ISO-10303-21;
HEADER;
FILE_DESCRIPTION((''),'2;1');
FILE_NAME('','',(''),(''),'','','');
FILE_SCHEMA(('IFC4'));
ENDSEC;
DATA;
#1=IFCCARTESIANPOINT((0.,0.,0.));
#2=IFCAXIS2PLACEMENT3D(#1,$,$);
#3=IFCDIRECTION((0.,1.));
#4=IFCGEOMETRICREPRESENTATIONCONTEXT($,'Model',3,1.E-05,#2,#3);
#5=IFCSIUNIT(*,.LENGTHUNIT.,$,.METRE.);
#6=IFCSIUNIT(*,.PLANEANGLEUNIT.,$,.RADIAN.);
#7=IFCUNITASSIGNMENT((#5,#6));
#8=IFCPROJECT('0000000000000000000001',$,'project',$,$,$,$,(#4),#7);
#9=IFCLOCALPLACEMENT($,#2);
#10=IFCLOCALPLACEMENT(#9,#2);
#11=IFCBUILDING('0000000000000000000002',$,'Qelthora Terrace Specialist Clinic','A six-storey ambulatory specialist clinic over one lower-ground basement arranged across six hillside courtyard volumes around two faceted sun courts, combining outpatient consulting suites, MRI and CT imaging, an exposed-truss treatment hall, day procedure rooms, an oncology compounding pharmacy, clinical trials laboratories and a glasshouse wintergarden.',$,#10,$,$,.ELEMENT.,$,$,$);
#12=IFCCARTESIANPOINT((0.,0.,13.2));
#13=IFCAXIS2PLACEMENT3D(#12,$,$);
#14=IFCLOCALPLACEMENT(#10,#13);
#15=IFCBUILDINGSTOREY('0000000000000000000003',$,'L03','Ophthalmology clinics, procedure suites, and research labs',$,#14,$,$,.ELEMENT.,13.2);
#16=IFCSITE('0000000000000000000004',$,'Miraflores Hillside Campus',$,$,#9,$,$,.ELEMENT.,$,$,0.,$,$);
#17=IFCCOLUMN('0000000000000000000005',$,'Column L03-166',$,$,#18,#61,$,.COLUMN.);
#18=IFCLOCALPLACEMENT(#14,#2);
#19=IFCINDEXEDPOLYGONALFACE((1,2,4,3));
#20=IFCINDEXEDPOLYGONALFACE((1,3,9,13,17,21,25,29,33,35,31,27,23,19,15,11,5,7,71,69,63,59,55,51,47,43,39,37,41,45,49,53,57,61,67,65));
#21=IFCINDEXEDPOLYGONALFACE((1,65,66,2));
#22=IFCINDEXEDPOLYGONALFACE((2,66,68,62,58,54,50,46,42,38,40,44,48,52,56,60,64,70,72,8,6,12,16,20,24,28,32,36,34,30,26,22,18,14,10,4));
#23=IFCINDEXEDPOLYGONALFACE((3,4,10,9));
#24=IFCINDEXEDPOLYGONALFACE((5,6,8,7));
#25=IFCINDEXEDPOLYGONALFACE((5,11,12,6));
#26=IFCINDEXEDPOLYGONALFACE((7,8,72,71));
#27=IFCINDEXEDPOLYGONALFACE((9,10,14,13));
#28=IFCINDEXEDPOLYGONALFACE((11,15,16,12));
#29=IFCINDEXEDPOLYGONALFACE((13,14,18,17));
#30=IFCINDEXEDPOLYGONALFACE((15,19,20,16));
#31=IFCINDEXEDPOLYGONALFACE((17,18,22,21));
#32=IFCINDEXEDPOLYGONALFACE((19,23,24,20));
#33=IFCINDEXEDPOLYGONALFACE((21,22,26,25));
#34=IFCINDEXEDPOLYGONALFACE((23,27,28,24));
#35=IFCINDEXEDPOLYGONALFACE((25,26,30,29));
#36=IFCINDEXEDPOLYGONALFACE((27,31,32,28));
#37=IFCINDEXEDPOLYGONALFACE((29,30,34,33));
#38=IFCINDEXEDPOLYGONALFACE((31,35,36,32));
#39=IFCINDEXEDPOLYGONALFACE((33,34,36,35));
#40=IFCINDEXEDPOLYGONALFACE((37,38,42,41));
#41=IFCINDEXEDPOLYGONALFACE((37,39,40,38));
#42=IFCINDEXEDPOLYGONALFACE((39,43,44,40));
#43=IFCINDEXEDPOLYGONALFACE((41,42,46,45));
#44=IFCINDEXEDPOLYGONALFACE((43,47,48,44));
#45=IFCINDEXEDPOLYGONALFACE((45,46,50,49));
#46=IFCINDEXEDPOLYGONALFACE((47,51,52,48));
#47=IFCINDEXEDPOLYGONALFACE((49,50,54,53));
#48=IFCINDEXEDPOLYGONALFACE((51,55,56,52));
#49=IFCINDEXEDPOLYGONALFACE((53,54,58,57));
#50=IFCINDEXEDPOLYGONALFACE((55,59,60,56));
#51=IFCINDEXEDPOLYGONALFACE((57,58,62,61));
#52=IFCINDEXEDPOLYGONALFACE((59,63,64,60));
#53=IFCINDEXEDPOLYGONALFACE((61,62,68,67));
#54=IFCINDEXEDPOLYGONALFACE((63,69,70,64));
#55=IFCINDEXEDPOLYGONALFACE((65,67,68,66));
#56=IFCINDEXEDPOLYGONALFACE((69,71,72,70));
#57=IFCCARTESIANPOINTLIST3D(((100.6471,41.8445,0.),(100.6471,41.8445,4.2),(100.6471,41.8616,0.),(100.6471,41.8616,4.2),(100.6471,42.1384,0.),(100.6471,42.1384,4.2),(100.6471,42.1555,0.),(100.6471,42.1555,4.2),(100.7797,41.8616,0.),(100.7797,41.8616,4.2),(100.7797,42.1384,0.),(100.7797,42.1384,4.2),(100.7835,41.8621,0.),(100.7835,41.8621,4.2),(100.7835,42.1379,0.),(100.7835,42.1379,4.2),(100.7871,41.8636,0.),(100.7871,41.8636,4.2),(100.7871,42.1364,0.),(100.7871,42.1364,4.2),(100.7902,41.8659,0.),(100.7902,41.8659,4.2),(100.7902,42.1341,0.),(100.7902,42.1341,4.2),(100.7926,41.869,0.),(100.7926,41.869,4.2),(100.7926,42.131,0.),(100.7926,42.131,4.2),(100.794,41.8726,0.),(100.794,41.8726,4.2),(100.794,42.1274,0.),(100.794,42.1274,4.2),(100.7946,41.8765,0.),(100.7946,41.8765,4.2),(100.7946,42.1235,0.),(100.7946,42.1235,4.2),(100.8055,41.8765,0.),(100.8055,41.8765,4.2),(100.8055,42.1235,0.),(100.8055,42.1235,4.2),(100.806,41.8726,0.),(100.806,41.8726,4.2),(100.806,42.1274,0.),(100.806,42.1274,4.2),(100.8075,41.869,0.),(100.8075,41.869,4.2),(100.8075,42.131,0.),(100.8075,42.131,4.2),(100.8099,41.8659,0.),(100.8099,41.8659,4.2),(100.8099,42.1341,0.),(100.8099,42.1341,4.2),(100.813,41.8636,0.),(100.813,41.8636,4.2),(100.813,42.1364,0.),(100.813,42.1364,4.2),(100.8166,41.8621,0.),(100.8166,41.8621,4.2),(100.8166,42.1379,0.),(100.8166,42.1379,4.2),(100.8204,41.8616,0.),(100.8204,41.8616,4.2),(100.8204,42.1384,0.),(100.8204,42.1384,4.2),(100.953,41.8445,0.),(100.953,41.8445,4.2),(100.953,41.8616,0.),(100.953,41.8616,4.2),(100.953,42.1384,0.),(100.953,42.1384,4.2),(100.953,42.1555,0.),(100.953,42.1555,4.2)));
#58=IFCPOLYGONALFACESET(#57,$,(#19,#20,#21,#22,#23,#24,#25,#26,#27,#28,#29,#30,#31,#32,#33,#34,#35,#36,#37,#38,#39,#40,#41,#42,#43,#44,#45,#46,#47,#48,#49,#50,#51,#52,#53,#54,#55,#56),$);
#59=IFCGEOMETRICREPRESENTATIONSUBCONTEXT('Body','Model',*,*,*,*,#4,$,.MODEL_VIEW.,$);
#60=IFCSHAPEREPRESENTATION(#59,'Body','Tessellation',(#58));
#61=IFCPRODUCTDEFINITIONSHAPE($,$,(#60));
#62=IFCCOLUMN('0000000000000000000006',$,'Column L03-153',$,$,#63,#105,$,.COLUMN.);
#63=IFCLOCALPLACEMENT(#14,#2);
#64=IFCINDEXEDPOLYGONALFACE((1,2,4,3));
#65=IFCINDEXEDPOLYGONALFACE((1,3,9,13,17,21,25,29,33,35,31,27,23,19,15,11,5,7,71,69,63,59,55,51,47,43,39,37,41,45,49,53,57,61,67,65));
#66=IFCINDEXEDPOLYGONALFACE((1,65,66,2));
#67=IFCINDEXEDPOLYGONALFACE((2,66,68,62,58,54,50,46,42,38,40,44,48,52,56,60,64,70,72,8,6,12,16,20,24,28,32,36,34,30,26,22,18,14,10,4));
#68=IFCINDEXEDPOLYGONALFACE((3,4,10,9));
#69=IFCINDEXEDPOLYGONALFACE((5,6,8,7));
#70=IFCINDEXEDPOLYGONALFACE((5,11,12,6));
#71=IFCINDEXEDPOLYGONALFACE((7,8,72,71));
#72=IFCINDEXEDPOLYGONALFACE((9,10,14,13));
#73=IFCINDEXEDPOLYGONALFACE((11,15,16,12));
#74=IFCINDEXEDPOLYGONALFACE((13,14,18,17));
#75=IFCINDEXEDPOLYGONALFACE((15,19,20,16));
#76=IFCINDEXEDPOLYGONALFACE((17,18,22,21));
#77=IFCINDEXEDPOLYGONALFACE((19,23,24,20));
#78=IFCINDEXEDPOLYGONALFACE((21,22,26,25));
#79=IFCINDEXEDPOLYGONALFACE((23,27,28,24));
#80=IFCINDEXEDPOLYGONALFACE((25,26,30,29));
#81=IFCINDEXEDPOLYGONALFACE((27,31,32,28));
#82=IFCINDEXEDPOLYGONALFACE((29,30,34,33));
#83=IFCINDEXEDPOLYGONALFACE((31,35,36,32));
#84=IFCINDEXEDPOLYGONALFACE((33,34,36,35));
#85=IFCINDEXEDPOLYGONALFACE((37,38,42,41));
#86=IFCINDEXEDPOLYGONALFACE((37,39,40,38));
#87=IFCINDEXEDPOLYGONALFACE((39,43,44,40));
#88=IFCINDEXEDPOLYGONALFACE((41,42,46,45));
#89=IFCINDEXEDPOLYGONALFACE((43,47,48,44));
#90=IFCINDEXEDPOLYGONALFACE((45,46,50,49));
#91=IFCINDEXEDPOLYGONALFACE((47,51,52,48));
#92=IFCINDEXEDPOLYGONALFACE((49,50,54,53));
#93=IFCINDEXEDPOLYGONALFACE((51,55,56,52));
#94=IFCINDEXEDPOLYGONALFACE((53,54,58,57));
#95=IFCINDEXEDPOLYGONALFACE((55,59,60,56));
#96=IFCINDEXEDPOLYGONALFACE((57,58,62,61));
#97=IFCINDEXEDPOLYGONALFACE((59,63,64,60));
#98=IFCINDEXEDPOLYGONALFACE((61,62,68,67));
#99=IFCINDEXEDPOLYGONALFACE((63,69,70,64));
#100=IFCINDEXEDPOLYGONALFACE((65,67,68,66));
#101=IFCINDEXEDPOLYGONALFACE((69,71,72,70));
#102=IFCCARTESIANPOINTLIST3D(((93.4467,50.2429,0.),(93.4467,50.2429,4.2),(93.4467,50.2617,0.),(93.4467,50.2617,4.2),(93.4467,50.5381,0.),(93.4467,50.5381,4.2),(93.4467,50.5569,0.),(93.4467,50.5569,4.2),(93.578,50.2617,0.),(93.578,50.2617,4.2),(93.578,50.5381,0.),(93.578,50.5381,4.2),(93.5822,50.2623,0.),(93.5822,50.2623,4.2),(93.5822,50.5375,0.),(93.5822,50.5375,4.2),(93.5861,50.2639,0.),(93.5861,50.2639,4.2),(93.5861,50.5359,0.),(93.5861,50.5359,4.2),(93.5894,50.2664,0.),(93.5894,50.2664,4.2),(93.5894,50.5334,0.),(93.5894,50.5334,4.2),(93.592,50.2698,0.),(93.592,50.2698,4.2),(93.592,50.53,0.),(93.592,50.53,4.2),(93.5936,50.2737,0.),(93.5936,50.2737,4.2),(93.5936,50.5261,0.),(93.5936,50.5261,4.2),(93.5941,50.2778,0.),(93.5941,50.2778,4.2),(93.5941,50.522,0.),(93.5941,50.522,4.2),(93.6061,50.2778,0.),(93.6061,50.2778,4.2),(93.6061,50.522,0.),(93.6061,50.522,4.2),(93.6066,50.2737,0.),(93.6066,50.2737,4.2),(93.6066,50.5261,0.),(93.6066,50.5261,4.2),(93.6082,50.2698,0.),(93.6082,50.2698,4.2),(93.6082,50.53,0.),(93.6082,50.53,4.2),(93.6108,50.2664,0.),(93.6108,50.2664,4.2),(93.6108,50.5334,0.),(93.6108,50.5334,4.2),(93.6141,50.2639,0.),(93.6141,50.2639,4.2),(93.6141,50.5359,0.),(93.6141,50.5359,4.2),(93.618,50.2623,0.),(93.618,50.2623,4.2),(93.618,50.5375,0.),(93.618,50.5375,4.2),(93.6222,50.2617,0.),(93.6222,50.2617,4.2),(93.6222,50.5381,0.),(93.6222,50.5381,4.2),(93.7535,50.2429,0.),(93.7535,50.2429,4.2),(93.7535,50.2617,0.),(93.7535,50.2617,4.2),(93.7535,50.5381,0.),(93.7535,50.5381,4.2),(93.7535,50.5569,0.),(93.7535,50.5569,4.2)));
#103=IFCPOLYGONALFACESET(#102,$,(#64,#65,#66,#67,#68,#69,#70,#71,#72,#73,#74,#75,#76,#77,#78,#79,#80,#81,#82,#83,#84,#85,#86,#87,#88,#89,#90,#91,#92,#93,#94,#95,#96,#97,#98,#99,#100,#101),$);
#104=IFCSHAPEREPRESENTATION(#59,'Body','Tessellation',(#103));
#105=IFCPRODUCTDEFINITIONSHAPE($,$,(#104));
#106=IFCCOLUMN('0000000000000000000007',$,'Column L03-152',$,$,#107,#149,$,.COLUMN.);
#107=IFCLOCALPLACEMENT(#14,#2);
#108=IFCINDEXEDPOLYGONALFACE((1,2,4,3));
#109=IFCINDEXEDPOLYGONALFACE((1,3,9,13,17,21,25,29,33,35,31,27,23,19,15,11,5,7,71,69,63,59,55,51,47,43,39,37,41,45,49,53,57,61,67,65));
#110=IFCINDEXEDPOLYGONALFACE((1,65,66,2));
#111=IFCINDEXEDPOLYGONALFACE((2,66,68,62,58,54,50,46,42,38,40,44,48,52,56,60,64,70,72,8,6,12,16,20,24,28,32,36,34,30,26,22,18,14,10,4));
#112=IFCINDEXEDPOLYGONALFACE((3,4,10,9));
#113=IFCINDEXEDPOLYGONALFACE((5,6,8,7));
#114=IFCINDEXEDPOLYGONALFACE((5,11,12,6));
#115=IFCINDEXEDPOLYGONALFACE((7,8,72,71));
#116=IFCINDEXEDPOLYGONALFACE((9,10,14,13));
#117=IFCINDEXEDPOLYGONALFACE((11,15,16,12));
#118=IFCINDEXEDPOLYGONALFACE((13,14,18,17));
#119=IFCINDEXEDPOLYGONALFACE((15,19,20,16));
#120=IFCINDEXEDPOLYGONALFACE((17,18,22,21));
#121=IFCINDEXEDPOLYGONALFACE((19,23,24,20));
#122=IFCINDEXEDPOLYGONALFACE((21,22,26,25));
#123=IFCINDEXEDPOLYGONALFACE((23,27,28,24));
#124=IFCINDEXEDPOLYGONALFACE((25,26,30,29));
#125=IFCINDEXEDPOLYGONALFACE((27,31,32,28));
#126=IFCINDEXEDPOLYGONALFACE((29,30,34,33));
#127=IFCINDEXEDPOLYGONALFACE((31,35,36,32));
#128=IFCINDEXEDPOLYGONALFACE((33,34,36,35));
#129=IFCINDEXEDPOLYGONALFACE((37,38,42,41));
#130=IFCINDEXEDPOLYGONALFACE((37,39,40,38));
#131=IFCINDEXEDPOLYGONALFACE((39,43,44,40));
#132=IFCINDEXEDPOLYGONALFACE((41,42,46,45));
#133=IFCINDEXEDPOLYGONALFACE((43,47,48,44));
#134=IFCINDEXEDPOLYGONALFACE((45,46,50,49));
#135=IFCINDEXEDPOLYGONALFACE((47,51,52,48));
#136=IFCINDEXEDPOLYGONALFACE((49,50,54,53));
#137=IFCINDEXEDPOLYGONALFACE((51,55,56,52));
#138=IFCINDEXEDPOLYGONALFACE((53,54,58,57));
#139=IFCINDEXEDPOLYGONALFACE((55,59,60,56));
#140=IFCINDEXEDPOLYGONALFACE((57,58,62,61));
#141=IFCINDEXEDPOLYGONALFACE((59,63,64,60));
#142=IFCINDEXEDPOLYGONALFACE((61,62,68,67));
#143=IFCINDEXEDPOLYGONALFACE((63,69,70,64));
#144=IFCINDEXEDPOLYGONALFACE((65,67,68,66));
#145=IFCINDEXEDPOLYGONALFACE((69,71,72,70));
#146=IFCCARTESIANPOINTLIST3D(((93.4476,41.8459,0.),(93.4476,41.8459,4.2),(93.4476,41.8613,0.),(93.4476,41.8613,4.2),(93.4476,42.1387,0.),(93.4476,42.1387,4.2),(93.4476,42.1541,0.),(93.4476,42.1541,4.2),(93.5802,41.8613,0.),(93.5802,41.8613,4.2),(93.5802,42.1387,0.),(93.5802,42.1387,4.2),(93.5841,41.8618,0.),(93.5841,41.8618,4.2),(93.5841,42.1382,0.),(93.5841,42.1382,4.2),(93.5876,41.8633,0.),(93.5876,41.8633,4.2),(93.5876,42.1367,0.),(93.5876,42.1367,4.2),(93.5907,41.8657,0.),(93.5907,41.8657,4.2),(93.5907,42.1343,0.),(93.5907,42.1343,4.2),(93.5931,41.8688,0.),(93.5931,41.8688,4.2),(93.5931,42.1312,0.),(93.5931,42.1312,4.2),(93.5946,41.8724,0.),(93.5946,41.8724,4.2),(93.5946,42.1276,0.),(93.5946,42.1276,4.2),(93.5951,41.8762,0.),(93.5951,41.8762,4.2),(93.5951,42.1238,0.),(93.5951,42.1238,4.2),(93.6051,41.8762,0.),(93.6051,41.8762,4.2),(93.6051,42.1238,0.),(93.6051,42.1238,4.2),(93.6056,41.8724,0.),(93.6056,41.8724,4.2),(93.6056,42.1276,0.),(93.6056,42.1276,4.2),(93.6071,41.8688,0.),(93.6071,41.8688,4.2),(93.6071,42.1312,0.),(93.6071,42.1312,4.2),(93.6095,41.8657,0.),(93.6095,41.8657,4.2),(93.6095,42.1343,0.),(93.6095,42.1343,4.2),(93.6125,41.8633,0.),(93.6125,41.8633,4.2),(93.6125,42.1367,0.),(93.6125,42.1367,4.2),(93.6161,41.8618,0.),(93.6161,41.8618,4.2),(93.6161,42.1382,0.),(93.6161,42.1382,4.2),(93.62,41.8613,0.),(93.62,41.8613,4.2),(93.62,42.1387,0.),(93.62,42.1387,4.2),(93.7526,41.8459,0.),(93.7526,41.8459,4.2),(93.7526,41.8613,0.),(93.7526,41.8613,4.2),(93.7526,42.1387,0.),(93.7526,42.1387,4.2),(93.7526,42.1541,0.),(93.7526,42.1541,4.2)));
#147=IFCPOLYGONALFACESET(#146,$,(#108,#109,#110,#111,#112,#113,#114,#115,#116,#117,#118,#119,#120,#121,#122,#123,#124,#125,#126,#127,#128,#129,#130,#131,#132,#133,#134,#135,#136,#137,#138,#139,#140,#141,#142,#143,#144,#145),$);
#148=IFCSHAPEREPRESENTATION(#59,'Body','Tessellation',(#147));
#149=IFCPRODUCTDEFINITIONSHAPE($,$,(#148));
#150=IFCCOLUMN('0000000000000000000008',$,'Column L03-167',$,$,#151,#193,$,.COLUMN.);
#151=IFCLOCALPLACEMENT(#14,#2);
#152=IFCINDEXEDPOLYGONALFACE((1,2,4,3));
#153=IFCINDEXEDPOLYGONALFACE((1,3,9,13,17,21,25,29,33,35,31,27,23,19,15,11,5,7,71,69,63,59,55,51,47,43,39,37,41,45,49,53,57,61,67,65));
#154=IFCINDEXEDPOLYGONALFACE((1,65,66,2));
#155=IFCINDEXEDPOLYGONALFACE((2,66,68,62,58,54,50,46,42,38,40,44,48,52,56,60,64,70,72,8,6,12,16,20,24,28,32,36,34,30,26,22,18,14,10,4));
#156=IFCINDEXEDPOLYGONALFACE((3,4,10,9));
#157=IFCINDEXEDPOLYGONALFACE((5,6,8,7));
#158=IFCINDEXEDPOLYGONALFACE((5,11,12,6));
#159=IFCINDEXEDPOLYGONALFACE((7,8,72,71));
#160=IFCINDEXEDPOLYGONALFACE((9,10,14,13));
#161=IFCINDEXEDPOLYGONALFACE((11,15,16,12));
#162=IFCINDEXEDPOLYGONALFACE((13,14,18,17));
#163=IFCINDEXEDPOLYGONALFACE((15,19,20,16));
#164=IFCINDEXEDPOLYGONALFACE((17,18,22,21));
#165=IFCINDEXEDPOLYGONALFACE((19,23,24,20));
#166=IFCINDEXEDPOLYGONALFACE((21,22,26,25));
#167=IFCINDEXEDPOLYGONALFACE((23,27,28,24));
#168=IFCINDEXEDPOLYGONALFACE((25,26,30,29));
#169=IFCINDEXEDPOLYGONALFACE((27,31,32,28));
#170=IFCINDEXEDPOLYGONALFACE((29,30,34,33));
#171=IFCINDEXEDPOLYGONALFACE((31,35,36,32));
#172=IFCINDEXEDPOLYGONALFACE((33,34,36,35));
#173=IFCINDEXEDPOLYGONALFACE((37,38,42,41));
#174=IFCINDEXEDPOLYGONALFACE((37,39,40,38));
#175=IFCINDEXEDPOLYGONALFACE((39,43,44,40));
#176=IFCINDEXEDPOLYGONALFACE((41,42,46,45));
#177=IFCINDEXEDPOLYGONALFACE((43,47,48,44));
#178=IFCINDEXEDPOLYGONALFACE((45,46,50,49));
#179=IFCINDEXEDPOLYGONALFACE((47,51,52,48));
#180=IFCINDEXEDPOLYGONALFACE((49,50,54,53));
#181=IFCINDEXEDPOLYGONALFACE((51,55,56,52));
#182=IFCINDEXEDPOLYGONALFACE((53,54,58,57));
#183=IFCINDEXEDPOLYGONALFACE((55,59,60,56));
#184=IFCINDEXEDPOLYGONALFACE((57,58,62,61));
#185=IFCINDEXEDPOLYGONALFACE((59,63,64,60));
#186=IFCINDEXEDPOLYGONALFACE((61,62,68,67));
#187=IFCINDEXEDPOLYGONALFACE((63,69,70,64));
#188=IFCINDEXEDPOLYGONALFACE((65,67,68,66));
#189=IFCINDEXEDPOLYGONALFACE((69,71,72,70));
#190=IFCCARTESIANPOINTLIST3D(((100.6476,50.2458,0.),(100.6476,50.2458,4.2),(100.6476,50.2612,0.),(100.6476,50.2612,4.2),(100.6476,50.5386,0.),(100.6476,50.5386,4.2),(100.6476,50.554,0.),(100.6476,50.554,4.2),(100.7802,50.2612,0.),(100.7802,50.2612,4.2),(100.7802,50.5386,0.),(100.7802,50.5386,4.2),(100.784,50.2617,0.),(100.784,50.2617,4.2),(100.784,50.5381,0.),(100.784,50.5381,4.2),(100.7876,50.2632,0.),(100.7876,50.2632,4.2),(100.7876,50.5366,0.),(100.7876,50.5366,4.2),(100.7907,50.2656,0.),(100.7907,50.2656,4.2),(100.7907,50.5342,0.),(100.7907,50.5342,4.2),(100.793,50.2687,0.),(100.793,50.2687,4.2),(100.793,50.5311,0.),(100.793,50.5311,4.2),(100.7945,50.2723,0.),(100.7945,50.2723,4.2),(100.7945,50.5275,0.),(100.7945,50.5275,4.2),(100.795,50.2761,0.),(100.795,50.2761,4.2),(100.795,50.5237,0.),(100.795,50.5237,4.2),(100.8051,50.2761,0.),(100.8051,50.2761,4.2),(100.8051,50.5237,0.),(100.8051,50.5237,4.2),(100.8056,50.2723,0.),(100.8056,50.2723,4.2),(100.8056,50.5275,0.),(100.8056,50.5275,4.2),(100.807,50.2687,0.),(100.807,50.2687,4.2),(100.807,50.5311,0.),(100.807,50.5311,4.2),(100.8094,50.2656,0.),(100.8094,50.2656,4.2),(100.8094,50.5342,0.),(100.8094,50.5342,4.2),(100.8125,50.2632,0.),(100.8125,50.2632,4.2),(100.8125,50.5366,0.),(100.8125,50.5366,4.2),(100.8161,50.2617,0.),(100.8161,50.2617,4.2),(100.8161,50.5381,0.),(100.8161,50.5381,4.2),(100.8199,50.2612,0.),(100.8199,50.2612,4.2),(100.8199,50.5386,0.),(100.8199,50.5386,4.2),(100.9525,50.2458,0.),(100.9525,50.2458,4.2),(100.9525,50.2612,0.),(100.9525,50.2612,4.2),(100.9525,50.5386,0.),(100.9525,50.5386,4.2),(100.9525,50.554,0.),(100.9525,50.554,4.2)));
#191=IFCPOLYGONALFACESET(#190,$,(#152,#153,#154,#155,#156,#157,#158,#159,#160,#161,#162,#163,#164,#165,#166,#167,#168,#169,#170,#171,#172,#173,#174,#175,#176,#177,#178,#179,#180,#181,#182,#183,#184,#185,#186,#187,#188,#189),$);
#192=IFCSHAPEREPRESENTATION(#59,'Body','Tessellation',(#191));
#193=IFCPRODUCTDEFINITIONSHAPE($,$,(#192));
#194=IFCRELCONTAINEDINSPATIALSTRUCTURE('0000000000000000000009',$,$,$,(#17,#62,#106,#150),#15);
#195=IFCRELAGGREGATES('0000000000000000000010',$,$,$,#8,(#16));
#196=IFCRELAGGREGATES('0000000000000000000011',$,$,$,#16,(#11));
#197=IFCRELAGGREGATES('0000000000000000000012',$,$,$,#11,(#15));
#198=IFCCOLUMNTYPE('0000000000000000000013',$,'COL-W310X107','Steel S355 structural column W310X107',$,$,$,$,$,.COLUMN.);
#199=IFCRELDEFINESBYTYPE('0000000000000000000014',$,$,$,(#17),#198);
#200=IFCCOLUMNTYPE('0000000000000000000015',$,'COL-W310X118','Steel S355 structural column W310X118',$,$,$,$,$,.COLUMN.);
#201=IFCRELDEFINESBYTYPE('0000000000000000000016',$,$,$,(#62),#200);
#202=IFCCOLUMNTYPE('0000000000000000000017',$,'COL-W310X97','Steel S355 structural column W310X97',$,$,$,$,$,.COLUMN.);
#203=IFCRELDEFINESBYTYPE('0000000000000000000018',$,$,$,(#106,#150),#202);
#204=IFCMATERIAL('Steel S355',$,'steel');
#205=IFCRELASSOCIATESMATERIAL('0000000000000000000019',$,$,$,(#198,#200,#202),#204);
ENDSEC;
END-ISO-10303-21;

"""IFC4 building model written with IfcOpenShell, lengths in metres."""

from ifc_helpers import new_model, si_unit, direction, frame, origin, origin_2d, place, context, subcontext, project, spatial, i_section, extrude, material, material_profile, profile_set, type_object, element, save


model = new_model("IFC4")

# Units and contexts
model_context = context("Model", 3, precision=1e-05, world=origin(), true_north=direction((0.0, 1.0)))
body_context = subcontext(model_context, "Body", "Model", "MODEL_VIEW")
ifc_project = project(units=[si_unit("LENGTHUNIT", "METRE"), si_unit("PLANEANGLEUNIT", "RADIAN")], contexts=[model_context])

# Site, building, storey
site_placement = place(None, origin())
site = spatial("IfcSite", under=ifc_project, at=site_placement, Name="Miraflores Hillside Campus", CompositionType="ELEMENT", RefElevation=0.0)
building_placement = place(site_placement, origin())
building = spatial("IfcBuilding", under=site, at=building_placement, Name="Qelthora Terrace Specialist Clinic", Description="A six-storey ambulatory specialist clinic over one lower-ground basement arranged across six hillside courtyard volumes around two faceted sun courts, combining outpatient consulting suites, MRI and CT imaging, an exposed-truss treatment hall, day procedure rooms, an oncology compounding pharmacy, clinical trials laboratories and a glasshouse wintergarden.", CompositionType="ELEMENT")
storey_placement = place(building_placement, frame((0.0, 0.0, 13.2)))
storey = spatial("IfcBuildingStorey", under=building, at=storey_placement, Name="L03", Description="Ophthalmology clinics, procedure suites, and research labs", CompositionType="ELEMENT", Elevation=13.2)

# Columns
ifc_material_1 = material(Name="Steel S355", Category="steel")
ifc_material_profile_1 = material_profile(ifc_material_1, i_section(OverallWidth=0.3059, OverallDepth=0.311, WebThickness=0.011, FlangeThickness=0.0171, FilletRadius=0.0149, at=origin_2d()), Name="W310X107")
ifc_profile_set_1 = profile_set([ifc_material_profile_1], Name="Steel S355")
column_type_1 = type_object("IfcColumnType", Name="COL-W310X107", Description="Steel S355 structural column W310X107", PredefinedType="COLUMN", material=ifc_profile_set_1)
column_1_placement = place(storey_placement, frame((100.8, 42.0, 0.0), z_axis=(0.0, 0.0, 1.0), x_axis=(1.0, 0.0, 0.0)))
element("IfcColumn", 1, at=column_1_placement, inside=storey, type_object=column_type_1, Name="Column L03-166", PredefinedType="COLUMN", context=body_context, shape_type="SweptSolid", body=[
    extrude(i_section(OverallWidth=0.3059, OverallDepth=0.311, WebThickness=0.011, FlangeThickness=0.0171, FilletRadius=0.0149, at=origin_2d()), origin(), (0.0, 0.0, 1.0), 4.2),
])
ifc_material_profile_2 = material_profile(ifc_material_1, i_section(OverallWidth=0.3069, OverallDepth=0.314, WebThickness=0.012, FlangeThickness=0.0188, FilletRadius=0.0161, at=origin_2d()), Name="W310X118")
ifc_profile_set_2 = profile_set([ifc_material_profile_2], Name="Steel S355")
column_type_2 = type_object("IfcColumnType", Name="COL-W310X118", Description="Steel S355 structural column W310X118", PredefinedType="COLUMN", material=ifc_profile_set_2)
column_2_placement = place(storey_placement, frame((93.6001, 50.3999, 0.0), z_axis=(0.0, 0.0, 1.0), x_axis=(1.0, 0.0, 0.0)))
element("IfcColumn", 2, at=column_2_placement, inside=storey, type_object=column_type_2, Name="Column L03-153", PredefinedType="COLUMN", context=body_context, shape_type="SweptSolid", body=[
    extrude(i_section(OverallWidth=0.3069, OverallDepth=0.314, WebThickness=0.012, FlangeThickness=0.0188, FilletRadius=0.0161, at=origin_2d()), origin(), (0.0, 0.0, 1.0), 4.2),
])
ifc_material_profile_3 = material_profile(ifc_material_1, i_section(OverallWidth=0.3049, OverallDepth=0.3081, WebThickness=0.01, FlangeThickness=0.0154, FilletRadius=0.0149, at=origin_2d()), Name="W310X97")
ifc_profile_set_3 = profile_set([ifc_material_profile_3], Name="Steel S355")
column_type_3 = type_object("IfcColumnType", Name="COL-W310X97", Description="Steel S355 structural column W310X97", PredefinedType="COLUMN", material=ifc_profile_set_3)
for number, where, z_axis, x_axis, name in (
    (3, (93.6001, 42.0, 0.0), (0.0, 0.0, 1.0), (1.0, 0.0, 0.0), "Column L03-152"),
    (4, (100.8, 50.3999, 0.0), (0.0, 0.0, 1.0), (1.0, 0.0, 0.0), "Column L03-167"),
):
    element("IfcColumn", number, at=place(storey_placement, frame(where, z_axis=z_axis, x_axis=x_axis)), inside=storey, type_object=column_type_3, Name=name, PredefinedType="COLUMN", context=body_context, shape_type="SweptSolid", body=[
        extrude(i_section(OverallWidth=0.3049, OverallDepth=0.3081, WebThickness=0.01, FlangeThickness=0.0154, FilletRadius=0.0149, at=origin_2d()), origin(), (0.0, 0.0, 1.0), 4.2),
    ])

save(model, "model.ifc")
